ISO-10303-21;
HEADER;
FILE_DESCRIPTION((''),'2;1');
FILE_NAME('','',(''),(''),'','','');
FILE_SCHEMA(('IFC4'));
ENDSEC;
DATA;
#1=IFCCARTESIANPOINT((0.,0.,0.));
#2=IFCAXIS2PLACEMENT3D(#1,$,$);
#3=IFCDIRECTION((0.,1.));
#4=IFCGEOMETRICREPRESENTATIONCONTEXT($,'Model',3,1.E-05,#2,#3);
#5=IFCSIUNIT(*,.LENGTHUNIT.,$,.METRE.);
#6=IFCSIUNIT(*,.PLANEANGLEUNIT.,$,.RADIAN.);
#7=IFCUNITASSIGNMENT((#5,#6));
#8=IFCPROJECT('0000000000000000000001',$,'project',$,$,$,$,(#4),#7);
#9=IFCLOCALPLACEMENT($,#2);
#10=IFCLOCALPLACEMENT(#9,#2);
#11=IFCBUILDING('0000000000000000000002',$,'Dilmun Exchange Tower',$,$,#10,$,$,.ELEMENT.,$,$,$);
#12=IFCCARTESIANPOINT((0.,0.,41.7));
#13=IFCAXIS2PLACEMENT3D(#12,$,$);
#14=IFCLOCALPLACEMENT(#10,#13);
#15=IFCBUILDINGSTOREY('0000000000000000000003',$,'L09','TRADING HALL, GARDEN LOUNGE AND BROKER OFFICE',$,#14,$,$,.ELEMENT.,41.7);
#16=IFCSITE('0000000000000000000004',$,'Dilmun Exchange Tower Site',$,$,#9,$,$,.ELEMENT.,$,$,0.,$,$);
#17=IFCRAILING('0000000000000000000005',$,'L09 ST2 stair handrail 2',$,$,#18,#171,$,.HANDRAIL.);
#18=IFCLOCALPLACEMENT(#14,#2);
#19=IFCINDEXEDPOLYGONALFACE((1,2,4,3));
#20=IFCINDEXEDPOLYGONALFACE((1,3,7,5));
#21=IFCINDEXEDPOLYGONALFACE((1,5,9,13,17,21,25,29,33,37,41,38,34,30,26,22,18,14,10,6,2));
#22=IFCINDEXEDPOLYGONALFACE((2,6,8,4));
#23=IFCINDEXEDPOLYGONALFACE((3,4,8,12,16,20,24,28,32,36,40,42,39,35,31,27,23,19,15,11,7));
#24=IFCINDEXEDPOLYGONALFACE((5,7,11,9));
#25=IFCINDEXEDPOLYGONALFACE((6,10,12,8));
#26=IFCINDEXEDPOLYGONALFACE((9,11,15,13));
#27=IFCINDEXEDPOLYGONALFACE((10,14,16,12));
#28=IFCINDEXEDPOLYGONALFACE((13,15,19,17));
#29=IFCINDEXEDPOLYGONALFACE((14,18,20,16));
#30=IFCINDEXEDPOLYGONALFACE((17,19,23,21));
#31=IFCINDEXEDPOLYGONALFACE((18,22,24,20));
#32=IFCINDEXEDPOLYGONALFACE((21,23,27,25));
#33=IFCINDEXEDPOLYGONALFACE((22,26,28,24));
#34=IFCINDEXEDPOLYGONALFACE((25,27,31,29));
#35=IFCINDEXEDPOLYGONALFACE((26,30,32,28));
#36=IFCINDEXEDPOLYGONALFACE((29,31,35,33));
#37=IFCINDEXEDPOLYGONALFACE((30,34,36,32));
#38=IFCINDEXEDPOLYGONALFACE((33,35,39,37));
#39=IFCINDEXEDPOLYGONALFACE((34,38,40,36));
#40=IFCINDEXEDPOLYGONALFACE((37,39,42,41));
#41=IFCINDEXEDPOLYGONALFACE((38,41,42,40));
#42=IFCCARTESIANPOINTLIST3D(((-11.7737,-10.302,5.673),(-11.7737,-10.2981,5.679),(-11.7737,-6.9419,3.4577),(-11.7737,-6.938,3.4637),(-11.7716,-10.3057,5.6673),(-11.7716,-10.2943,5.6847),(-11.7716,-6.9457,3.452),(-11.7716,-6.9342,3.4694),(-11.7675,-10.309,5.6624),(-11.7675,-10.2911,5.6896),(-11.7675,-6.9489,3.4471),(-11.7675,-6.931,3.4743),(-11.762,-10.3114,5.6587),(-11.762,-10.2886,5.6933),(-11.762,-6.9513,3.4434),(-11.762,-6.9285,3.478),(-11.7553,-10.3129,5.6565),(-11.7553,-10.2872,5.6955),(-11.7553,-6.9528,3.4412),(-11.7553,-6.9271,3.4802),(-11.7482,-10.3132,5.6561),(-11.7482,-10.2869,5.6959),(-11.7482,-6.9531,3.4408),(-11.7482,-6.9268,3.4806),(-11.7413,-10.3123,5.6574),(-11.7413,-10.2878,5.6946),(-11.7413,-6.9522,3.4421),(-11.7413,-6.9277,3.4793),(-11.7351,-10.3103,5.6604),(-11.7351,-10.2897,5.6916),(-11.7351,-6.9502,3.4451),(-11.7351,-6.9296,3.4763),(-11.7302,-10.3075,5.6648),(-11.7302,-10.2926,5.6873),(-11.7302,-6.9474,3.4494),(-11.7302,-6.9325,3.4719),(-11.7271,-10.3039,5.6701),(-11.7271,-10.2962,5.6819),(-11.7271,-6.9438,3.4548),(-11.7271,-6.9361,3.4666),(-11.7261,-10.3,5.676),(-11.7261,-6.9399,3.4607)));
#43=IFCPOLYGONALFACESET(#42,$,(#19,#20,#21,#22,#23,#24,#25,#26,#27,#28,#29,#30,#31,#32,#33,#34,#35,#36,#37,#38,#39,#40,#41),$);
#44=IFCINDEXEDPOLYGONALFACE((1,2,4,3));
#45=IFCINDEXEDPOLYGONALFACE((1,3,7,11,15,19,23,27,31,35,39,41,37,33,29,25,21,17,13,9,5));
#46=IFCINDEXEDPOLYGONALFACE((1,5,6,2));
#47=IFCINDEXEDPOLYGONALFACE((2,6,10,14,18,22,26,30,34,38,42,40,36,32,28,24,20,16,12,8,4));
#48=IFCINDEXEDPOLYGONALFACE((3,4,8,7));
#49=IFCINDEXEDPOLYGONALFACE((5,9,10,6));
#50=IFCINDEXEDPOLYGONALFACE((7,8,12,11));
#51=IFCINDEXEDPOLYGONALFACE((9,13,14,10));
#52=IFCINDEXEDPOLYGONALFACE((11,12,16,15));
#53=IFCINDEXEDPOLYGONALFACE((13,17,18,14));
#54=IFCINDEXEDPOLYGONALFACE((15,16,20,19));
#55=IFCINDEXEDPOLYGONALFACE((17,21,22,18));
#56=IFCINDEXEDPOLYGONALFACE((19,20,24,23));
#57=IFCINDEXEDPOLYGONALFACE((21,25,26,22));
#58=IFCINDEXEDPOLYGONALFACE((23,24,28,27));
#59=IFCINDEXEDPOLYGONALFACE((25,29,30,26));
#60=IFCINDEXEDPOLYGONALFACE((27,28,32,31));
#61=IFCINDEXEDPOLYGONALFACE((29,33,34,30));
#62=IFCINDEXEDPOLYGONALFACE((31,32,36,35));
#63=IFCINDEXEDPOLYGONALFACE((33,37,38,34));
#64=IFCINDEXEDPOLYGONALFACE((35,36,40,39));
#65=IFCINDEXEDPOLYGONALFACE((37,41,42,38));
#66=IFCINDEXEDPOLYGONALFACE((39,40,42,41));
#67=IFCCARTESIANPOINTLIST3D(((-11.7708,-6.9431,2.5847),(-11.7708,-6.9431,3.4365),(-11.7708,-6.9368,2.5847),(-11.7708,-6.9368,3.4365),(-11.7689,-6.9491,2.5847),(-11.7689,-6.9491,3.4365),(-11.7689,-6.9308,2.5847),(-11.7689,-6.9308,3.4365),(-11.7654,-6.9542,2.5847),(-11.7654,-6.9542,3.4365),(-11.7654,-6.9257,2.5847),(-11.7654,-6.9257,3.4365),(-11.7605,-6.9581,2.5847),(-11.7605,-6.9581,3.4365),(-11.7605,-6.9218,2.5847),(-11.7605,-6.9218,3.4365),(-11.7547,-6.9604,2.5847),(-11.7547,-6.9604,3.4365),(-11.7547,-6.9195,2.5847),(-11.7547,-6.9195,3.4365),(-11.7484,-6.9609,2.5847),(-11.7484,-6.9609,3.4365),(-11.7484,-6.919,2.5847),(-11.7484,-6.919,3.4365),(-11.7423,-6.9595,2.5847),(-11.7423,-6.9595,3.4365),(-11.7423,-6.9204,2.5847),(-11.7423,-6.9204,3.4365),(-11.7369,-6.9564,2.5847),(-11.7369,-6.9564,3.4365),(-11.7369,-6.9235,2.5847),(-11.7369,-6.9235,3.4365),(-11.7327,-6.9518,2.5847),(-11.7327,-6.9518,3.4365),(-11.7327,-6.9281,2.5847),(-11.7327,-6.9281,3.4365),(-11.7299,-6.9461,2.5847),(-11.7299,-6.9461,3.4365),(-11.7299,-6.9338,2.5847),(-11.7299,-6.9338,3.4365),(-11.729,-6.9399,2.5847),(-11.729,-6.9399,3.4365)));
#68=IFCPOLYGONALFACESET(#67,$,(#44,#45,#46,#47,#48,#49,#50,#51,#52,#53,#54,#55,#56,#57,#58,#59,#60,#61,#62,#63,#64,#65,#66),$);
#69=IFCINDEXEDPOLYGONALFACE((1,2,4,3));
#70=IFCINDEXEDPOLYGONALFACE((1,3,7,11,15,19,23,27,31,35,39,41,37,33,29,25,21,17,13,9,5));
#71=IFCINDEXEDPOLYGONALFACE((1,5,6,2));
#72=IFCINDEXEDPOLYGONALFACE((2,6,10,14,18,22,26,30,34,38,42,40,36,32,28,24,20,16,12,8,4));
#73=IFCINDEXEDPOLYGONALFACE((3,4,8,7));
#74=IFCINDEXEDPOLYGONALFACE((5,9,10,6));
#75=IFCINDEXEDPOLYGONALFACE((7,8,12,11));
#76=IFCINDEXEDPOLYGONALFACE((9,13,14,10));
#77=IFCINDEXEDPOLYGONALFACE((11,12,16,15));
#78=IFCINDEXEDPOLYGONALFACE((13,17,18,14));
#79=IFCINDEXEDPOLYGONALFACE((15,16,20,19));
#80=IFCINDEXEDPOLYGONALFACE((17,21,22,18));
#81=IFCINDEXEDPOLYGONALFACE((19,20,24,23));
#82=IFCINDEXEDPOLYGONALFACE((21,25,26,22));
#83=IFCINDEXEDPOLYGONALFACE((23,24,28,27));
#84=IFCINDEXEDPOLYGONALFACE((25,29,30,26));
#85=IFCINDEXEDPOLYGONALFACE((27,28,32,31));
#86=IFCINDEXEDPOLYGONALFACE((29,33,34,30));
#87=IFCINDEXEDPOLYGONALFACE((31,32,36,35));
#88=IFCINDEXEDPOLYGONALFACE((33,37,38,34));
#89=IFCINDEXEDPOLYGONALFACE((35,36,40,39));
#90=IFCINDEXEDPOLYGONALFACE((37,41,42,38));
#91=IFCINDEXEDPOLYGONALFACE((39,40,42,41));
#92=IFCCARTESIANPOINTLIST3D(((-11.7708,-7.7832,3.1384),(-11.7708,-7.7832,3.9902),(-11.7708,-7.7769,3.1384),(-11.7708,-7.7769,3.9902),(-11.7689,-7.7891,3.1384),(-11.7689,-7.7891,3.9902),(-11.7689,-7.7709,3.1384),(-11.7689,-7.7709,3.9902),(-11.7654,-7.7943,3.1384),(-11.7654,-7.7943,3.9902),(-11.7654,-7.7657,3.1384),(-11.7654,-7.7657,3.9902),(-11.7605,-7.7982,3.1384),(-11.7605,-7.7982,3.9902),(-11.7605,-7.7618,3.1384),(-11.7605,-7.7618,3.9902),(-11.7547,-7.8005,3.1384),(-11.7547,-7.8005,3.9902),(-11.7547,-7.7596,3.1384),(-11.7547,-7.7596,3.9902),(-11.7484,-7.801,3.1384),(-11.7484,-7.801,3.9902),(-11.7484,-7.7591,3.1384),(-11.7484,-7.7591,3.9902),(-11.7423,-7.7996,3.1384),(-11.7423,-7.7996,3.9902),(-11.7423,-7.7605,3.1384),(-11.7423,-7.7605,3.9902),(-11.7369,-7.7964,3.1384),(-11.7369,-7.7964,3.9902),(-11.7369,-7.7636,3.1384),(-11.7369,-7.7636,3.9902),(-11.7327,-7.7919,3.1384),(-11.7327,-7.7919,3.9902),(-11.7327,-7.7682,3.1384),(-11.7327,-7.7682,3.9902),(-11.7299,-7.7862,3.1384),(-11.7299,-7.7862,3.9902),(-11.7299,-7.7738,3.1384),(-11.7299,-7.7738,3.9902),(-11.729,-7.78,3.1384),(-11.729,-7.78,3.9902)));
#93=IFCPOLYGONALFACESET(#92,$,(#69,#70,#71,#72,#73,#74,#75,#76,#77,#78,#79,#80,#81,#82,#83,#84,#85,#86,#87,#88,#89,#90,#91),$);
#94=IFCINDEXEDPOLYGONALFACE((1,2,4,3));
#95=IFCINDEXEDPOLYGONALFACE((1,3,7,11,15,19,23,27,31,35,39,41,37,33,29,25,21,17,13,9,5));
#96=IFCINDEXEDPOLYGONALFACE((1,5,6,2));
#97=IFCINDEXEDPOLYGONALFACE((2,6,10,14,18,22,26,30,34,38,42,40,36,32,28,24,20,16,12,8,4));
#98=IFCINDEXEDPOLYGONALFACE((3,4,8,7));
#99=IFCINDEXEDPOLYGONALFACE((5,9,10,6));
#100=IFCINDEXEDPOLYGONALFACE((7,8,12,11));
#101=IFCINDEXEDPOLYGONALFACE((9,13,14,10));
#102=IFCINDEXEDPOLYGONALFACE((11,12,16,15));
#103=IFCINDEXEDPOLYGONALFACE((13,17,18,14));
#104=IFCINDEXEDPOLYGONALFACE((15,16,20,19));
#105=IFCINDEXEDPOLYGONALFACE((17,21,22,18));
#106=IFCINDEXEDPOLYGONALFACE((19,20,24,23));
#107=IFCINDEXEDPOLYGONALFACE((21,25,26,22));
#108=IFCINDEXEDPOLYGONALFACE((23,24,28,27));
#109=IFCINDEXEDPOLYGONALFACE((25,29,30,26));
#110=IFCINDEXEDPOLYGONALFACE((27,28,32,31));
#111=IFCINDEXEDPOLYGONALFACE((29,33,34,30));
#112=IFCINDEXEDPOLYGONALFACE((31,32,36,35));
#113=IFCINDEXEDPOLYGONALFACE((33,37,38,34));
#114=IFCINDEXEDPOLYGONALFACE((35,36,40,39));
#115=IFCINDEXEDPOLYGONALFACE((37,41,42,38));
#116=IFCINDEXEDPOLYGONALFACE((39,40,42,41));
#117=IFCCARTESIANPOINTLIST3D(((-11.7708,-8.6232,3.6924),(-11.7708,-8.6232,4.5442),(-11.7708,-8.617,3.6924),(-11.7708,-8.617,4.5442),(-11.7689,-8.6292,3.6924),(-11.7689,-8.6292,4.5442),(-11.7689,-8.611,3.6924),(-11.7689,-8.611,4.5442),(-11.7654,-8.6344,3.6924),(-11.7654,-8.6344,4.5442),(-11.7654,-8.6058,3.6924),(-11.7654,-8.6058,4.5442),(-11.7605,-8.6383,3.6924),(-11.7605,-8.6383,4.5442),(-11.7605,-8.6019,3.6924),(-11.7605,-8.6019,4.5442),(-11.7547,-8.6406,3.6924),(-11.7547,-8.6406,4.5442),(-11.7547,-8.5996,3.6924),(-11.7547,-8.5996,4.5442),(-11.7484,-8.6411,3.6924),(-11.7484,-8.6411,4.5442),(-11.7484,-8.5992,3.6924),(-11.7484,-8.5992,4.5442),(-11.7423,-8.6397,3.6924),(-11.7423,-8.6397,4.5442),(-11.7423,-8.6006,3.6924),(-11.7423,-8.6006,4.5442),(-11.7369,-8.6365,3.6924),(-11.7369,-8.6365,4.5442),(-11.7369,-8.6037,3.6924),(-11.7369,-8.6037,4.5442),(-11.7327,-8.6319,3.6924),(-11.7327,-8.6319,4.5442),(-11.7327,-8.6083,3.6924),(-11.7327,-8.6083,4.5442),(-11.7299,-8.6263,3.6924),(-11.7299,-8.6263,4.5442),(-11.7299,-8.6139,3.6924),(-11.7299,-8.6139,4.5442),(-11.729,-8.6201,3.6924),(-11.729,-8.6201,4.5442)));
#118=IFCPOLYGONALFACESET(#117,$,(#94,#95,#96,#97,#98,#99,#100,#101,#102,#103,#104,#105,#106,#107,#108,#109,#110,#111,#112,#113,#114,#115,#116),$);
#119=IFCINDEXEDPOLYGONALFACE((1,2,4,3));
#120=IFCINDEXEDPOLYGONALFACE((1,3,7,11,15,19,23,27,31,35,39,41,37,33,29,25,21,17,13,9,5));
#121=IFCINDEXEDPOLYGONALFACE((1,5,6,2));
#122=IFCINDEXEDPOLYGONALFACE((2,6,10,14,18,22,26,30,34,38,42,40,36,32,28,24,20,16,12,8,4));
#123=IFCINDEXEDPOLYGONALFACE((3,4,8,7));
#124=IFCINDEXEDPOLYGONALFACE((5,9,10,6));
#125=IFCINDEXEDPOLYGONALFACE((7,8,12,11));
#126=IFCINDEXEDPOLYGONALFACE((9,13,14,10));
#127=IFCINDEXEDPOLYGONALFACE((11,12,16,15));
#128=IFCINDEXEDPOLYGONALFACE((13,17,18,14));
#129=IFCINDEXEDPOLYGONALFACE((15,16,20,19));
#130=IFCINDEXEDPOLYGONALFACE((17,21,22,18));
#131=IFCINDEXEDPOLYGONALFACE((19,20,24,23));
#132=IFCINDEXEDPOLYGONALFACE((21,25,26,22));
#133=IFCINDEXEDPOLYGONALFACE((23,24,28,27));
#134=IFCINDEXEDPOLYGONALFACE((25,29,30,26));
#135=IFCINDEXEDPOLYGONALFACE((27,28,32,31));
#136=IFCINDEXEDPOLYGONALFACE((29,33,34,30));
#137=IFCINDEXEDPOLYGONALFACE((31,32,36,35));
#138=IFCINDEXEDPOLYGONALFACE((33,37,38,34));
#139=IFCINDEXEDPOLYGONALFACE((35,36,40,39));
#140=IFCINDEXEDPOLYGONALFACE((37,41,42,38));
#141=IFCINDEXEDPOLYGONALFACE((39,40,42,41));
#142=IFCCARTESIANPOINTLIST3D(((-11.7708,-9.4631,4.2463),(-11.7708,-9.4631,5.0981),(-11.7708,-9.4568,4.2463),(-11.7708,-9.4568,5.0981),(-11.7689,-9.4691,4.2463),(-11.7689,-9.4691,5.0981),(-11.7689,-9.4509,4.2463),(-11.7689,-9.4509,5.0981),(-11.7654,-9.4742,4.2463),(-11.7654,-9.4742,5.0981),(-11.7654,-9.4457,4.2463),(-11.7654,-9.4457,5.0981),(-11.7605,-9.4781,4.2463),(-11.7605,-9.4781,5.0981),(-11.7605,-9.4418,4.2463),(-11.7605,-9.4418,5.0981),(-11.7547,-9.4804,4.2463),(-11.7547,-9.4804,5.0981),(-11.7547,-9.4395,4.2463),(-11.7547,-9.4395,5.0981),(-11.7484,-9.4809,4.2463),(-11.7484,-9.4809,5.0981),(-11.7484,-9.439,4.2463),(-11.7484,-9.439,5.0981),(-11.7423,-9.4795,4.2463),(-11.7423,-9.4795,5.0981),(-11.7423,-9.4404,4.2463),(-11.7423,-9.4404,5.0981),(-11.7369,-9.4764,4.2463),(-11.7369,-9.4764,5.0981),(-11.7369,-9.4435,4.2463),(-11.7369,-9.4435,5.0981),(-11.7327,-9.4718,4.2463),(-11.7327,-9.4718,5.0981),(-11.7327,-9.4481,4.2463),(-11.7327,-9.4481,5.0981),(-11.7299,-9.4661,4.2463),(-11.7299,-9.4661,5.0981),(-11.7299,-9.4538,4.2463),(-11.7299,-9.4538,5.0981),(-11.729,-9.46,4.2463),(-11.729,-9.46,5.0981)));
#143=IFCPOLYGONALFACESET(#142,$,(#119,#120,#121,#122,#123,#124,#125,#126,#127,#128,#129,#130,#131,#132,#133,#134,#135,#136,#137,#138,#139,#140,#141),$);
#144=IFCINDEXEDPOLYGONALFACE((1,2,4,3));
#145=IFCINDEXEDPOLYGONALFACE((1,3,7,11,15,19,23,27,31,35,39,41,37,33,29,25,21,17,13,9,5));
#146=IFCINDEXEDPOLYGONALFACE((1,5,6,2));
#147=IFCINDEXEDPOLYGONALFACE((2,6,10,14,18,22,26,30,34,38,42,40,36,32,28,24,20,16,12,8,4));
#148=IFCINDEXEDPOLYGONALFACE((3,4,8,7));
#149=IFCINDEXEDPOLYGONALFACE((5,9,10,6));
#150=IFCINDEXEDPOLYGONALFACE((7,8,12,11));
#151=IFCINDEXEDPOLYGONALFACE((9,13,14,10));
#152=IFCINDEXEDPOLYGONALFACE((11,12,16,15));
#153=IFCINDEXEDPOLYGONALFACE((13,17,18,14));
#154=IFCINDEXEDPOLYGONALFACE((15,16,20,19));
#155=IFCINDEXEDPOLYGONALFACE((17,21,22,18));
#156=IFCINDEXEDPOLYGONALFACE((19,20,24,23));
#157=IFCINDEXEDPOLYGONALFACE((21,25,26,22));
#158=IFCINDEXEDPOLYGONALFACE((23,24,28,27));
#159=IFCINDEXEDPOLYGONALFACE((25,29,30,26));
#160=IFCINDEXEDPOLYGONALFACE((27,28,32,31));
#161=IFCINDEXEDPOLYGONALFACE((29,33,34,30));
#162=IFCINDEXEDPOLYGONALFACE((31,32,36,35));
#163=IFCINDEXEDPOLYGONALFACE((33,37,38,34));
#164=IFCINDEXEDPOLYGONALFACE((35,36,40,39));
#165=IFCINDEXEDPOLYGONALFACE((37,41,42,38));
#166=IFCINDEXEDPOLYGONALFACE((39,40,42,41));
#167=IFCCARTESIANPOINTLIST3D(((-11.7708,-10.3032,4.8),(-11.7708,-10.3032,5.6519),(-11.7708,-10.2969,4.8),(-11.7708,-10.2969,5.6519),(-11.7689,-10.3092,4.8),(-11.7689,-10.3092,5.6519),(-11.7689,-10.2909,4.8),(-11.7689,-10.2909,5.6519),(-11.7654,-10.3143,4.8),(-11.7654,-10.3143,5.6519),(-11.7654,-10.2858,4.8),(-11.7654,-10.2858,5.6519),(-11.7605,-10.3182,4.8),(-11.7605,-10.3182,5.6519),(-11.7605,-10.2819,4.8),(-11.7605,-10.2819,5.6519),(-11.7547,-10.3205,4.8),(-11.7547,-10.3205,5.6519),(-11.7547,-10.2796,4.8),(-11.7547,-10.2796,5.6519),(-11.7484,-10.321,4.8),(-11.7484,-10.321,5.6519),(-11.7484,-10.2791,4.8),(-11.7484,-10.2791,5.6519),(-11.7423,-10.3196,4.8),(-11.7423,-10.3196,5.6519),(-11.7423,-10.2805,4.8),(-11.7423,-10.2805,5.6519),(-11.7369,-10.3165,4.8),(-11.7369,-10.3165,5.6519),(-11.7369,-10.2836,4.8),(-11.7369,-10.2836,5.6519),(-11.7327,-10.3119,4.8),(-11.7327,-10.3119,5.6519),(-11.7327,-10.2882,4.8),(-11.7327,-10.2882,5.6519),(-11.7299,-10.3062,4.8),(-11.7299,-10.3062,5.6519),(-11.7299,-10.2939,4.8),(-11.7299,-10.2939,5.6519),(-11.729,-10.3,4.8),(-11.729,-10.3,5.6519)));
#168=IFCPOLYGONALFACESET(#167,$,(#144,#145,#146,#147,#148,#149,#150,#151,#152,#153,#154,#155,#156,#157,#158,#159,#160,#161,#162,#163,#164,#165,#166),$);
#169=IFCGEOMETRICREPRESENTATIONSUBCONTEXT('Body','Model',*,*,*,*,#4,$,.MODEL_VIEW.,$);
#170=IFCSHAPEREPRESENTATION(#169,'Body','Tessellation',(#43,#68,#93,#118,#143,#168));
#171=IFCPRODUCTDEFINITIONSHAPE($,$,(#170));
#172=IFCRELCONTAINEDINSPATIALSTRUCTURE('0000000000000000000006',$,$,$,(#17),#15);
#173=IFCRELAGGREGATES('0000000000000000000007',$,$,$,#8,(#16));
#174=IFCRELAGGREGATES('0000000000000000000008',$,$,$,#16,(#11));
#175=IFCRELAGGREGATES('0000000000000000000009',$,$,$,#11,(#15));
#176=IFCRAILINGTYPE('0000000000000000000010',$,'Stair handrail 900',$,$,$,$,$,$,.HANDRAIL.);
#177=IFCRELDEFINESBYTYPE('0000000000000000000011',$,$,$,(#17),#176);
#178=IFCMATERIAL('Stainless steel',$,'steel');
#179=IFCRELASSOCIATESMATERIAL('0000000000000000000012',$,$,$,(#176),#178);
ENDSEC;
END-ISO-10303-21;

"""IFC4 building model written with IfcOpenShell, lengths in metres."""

from ifc_helpers import new_model, si_unit, direction, frame, origin, origin_2d, place, context, subcontext, project, spatial, circle, extrude, material, type_object, element, save


model = new_model("IFC4")

# Units and contexts
model_context = context("Model", 3, precision=1e-05, world=origin(), true_north=direction((0.0, 1.0)))
body_context = subcontext(model_context, "Body", "Model", "MODEL_VIEW")
ifc_project = project(units=[si_unit("LENGTHUNIT", "METRE"), si_unit("PLANEANGLEUNIT", "RADIAN")], contexts=[model_context])

# Site, building, storey
site_placement = place(None, origin())
site = spatial("IfcSite", under=ifc_project, at=site_placement, Name="Dilmun Exchange Tower Site", CompositionType="ELEMENT", RefElevation=0.0)
building_placement = place(site_placement, origin())
building = spatial("IfcBuilding", under=site, at=building_placement, Name="Dilmun Exchange Tower", CompositionType="ELEMENT")
storey_placement = place(building_placement, frame((0.0, 0.0, 41.7)))
storey = spatial("IfcBuildingStorey", under=building, at=storey_placement, Name="L09", Description="TRADING HALL, GARDEN LOUNGE AND BROKER OFFICE", CompositionType="ELEMENT", Elevation=41.7)

# Railing
ifc_material_1 = material(Name="Stainless steel", Category="steel")
railing_type = type_object("IfcRailingType", Name="Stair handrail 900", PredefinedType="HANDRAIL", material=ifc_material_1)
railing_1_placement = place(storey_placement, frame((-11.75, -6.9399, 2.5847)))
element("IfcRailing", 1, at=railing_1_placement, inside=storey, type_object=railing_type, Name="L09 ST2 stair handrail 2", PredefinedType="HANDRAIL", context=body_context, shape_type="SweptSolid", body=[
    extrude(circle(Radius=0.0239, at=origin_2d()), frame((0.0, 0.0, 0.876), z_axis=(0.0, -0.834876, 0.550437), x_axis=(1.0, 0.0, 0.0)), (0.0, 0.0, 1.0), 4.0247),
    extrude(circle(Radius=0.021, at=origin_2d()), origin(), (0.0, 0.0, 1.0), 0.8518),
    extrude(circle(Radius=0.021, at=origin_2d()), frame((0.0, -0.8401, 0.5537)), (0.0, 0.0, 1.0), 0.8518),
    extrude(circle(Radius=0.021, at=origin_2d()), frame((0.0, -1.6802, 1.1077)), (0.0, 0.0, 1.0), 0.8518),
    extrude(circle(Radius=0.021, at=origin_2d()), frame((0.0, -2.52, 1.6616)), (0.0, 0.0, 1.0), 0.8518),
    extrude(circle(Radius=0.021, at=origin_2d()), frame((0.0, -3.3601, 2.2153)), (0.0, 0.0, 1.0), 0.8518),
])

save(model, "model.ifc")
